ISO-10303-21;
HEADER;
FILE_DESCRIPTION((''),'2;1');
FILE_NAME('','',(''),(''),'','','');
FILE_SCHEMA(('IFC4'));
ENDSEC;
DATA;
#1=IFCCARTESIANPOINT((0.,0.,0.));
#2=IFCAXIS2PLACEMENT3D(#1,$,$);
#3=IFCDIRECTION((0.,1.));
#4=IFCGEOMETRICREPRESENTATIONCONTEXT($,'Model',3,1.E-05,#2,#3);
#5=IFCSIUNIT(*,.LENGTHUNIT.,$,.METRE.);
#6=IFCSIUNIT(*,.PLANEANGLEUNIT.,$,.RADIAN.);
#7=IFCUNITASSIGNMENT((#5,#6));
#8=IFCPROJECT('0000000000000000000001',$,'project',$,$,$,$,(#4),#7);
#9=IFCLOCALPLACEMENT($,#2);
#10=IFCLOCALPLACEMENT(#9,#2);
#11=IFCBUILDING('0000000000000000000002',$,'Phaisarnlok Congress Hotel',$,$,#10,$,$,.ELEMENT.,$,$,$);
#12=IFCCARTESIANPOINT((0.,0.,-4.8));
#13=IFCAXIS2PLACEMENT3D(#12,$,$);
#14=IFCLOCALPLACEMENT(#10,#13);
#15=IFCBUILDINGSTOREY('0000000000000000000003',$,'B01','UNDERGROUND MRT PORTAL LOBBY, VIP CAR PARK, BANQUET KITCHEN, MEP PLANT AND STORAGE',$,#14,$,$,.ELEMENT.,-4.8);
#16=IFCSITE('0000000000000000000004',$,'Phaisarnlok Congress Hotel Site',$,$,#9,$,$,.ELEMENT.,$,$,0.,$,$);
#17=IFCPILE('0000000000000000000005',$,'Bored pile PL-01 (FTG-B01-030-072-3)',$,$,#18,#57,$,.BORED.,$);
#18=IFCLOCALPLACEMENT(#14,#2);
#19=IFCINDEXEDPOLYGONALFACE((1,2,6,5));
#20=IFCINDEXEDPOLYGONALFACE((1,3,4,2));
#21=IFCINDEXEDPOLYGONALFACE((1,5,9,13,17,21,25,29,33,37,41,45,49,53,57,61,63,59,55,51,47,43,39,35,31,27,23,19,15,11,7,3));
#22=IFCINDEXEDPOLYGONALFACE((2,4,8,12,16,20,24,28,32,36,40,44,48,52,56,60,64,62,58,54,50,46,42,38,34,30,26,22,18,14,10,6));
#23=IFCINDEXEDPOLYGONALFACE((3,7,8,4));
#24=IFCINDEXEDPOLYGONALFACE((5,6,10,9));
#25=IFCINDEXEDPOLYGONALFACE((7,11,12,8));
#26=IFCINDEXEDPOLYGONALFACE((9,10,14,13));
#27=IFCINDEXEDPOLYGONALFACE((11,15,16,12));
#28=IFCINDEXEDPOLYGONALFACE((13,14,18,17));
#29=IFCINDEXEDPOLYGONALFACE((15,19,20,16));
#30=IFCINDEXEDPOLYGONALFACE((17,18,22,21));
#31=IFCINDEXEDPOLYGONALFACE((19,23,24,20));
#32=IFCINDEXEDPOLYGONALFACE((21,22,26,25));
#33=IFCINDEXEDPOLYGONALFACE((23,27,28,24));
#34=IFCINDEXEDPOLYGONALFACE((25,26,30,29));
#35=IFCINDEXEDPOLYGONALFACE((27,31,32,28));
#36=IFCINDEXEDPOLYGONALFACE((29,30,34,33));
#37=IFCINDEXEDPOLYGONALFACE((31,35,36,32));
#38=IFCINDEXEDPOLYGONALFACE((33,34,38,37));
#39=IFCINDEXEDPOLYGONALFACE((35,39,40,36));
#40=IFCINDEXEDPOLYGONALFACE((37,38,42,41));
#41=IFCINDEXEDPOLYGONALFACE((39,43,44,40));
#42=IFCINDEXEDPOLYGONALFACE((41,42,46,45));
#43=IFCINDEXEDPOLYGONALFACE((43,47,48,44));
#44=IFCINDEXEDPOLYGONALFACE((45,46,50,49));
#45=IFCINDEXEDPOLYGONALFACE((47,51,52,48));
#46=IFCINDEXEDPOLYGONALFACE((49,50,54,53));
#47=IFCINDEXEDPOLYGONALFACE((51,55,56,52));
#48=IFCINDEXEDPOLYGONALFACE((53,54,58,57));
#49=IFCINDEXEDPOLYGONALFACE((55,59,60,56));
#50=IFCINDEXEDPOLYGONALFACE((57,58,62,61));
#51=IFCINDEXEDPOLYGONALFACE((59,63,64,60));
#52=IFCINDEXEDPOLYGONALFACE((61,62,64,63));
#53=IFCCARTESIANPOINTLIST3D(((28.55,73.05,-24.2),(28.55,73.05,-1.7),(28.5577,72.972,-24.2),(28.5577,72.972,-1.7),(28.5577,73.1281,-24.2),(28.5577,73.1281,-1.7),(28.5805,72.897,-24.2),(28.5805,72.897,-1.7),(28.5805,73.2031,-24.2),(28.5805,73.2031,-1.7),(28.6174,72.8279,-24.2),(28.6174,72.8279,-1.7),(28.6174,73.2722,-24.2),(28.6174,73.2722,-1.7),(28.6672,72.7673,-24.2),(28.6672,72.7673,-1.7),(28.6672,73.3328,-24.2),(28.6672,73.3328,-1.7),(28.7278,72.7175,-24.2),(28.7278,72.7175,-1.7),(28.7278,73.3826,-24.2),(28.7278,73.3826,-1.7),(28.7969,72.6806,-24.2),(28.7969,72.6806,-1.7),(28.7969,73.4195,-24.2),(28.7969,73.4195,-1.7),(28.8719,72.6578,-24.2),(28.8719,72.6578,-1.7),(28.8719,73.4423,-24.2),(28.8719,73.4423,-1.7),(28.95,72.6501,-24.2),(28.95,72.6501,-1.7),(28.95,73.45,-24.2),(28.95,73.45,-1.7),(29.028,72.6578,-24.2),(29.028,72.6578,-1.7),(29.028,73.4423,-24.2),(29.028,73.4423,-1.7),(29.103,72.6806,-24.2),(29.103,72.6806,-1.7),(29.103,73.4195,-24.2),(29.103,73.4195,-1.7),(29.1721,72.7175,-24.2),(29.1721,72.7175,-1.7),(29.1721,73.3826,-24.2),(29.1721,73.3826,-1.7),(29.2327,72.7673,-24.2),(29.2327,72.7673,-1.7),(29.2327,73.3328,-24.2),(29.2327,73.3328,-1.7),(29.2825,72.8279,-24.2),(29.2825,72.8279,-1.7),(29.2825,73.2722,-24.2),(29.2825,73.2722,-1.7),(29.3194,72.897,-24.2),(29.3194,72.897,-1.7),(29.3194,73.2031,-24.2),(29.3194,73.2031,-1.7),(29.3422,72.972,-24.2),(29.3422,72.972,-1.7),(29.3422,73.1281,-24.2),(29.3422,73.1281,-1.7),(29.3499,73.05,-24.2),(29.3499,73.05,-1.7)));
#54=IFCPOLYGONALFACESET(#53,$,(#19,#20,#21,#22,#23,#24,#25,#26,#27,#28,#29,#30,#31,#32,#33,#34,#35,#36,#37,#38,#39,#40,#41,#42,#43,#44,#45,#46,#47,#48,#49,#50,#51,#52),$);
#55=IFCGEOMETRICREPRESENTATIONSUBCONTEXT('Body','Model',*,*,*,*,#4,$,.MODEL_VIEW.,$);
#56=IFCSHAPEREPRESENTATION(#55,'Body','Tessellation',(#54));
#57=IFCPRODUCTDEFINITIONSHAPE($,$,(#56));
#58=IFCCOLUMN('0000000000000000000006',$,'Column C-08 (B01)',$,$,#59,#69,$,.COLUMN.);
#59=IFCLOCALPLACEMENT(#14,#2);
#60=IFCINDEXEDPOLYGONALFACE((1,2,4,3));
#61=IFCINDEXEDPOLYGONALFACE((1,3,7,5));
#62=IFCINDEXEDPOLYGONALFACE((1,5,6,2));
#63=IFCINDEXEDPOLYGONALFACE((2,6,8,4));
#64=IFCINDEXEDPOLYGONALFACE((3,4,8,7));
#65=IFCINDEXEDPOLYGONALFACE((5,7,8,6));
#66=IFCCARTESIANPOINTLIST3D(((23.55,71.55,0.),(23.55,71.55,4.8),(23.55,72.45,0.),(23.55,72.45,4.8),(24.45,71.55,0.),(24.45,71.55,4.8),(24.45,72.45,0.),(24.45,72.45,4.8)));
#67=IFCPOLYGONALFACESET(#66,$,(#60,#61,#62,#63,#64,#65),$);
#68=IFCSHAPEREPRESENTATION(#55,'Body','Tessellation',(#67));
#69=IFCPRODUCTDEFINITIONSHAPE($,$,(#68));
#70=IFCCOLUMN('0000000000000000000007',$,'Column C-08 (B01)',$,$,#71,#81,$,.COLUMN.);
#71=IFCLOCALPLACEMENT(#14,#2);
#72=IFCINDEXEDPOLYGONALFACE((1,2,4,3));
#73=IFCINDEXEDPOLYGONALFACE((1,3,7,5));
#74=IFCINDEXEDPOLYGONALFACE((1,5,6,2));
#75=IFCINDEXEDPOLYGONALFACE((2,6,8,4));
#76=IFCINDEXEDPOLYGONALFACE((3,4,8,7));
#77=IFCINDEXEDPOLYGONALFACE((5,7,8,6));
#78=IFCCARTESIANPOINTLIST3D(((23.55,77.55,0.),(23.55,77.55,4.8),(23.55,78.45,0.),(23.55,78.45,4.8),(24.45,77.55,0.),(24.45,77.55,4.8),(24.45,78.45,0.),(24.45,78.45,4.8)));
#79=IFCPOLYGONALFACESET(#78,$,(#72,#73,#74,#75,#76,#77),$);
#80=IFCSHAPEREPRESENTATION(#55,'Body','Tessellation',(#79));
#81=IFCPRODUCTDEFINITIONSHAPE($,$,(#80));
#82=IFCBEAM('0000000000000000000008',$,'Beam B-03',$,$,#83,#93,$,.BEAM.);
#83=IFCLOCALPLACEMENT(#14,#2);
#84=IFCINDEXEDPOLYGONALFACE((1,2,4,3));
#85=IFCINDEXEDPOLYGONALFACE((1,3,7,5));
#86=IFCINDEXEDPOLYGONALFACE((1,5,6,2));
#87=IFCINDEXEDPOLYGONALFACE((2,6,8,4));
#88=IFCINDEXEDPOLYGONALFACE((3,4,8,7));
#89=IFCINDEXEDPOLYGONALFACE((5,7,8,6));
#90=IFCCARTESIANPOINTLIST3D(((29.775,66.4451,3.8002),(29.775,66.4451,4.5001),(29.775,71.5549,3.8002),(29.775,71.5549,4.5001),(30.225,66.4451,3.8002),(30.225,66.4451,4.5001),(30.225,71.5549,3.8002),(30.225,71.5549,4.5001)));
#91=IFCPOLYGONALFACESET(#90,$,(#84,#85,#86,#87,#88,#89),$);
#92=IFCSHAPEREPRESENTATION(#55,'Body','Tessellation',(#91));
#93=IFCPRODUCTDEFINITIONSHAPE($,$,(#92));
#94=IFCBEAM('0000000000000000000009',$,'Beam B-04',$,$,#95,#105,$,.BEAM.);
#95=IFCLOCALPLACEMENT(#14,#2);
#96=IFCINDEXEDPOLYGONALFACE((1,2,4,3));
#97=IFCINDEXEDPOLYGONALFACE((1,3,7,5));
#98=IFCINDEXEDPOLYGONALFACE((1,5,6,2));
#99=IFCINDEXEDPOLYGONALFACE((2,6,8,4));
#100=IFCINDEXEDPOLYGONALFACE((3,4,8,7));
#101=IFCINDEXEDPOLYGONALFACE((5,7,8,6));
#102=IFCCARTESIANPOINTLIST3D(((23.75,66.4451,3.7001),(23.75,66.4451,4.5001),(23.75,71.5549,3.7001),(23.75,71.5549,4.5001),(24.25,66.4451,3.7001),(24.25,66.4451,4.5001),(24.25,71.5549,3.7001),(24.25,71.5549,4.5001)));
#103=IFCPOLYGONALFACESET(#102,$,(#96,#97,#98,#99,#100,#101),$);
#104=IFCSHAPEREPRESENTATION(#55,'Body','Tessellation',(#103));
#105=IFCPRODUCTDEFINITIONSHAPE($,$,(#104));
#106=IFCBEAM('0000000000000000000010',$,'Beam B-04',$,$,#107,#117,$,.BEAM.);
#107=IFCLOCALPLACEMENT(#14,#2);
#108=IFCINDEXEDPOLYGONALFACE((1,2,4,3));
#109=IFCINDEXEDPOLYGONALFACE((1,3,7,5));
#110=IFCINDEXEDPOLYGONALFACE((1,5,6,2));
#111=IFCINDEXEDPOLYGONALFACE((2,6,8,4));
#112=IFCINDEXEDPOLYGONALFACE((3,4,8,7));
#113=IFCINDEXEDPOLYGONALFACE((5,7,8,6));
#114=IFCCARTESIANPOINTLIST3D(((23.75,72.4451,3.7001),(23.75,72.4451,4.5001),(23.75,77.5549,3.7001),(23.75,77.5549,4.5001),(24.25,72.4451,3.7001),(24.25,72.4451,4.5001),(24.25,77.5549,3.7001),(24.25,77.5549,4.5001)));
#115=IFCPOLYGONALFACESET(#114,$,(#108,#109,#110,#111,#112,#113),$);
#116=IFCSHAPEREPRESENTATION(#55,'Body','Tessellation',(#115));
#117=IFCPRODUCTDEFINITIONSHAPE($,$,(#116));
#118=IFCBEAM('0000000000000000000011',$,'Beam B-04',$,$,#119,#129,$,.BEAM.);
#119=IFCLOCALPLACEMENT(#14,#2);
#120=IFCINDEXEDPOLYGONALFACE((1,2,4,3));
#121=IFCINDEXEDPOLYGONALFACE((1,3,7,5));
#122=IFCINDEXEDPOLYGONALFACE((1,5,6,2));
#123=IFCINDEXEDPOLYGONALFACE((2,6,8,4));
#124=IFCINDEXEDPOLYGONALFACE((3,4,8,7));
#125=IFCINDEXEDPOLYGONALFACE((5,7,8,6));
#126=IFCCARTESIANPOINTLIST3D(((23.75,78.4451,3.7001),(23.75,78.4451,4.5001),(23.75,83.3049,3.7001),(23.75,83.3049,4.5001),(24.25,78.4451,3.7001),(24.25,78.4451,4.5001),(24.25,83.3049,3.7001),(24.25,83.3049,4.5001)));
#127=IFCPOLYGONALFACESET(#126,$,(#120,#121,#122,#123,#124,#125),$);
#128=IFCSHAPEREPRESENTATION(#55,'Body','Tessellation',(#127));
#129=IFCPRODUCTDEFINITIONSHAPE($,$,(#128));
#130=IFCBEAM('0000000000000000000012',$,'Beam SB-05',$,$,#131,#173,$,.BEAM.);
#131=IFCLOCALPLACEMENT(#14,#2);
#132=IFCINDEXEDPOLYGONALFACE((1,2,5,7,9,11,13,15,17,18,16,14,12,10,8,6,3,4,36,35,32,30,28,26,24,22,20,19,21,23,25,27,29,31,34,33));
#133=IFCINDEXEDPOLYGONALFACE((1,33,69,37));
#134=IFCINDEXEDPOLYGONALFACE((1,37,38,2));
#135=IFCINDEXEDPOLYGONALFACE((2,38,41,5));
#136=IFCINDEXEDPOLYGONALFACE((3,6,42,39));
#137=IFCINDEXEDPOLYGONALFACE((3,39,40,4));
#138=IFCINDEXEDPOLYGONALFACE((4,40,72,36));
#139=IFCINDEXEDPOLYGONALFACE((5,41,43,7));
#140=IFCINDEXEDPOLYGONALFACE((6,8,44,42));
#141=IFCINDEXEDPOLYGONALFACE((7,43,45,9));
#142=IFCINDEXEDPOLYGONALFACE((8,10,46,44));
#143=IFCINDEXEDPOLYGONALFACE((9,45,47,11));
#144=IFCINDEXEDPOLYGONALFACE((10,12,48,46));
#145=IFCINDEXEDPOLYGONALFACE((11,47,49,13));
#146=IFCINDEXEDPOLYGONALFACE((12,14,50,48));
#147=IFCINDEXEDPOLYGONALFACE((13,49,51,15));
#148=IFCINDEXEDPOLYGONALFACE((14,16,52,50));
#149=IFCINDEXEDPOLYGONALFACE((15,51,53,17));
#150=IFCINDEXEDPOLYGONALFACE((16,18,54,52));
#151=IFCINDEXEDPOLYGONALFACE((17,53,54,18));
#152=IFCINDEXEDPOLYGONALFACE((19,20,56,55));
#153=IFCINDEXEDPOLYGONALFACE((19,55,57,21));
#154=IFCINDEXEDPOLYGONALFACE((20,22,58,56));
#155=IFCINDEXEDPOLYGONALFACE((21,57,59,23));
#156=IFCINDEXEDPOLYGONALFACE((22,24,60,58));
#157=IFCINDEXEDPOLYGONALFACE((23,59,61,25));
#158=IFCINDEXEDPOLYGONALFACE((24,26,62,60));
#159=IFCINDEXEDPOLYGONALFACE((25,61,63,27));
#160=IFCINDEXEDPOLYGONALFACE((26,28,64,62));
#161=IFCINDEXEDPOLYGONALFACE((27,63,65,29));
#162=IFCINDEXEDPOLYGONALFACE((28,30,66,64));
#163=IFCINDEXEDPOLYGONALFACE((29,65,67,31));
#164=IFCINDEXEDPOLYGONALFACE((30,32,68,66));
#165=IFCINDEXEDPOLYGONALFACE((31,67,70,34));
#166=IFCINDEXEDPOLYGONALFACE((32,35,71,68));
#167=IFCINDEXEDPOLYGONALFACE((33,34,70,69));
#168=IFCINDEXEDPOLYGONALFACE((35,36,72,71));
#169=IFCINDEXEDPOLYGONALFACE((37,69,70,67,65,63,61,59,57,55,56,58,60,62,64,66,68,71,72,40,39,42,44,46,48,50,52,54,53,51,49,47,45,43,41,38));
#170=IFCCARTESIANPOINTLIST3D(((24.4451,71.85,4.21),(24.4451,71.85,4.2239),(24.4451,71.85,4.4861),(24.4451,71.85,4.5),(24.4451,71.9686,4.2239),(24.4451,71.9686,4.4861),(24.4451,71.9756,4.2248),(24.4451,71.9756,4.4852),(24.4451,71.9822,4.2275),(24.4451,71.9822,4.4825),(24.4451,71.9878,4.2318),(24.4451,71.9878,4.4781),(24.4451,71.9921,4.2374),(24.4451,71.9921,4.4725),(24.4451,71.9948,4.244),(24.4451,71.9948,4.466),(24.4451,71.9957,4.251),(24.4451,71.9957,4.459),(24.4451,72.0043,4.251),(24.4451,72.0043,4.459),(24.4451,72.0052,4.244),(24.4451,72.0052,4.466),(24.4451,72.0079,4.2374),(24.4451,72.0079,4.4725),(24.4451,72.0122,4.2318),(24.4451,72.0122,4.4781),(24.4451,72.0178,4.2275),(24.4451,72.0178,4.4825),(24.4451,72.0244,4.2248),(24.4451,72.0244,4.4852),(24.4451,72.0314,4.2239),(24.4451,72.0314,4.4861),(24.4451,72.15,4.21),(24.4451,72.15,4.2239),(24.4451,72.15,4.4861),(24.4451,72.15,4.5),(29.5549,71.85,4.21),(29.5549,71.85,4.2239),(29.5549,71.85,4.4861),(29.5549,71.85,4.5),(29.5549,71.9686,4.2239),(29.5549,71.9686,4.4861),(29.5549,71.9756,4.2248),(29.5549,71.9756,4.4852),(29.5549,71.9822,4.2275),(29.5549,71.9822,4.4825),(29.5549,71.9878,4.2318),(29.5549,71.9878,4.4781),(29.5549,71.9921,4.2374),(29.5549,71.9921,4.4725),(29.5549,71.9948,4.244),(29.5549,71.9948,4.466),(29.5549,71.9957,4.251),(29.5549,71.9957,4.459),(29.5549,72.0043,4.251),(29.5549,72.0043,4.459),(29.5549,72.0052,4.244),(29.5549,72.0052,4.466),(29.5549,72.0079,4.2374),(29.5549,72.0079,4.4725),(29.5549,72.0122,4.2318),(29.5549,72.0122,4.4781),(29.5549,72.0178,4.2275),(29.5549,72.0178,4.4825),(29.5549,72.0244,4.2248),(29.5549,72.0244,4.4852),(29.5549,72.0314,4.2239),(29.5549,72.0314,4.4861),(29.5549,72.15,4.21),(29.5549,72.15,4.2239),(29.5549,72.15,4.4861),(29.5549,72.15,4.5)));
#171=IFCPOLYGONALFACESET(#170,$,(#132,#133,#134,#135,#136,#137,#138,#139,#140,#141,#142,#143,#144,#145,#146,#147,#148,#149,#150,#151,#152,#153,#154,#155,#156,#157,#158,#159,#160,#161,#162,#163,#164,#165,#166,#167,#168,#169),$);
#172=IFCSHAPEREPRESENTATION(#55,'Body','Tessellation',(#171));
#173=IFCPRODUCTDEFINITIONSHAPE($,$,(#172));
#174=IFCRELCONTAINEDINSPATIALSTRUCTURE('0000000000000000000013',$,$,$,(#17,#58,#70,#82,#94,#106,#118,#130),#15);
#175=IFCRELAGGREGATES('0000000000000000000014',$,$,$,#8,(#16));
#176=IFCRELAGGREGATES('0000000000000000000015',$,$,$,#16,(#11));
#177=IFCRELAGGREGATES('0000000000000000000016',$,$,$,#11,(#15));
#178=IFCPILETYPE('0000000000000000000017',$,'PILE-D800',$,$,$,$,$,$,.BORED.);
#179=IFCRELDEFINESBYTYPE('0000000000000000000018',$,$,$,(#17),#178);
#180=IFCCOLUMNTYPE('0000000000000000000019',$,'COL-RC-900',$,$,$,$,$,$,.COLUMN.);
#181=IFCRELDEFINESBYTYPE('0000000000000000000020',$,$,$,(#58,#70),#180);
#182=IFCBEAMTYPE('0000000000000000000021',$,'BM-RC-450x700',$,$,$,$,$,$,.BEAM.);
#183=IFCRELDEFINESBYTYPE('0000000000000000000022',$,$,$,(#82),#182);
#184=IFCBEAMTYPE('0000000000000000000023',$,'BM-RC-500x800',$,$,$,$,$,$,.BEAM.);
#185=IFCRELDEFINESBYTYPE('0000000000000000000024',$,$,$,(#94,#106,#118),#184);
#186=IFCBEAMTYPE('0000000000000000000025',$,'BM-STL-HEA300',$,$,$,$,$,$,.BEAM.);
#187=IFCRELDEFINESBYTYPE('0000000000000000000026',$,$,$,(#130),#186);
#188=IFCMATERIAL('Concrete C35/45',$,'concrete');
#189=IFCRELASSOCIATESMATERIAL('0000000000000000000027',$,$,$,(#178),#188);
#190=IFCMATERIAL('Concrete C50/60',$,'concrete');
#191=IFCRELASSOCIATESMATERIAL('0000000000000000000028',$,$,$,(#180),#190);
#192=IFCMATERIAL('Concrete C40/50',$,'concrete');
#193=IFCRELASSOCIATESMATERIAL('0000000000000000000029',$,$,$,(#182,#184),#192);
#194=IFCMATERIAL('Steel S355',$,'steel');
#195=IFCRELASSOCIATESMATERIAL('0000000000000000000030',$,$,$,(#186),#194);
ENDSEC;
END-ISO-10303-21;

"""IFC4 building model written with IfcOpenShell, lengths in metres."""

from ifc_helpers import new_model, si_unit, direction, frame, origin, origin_2d, place, context, subcontext, project, spatial, rectangle, circle, i_section, extrude, material, material_profile, profile_set, type_object, element, save


model = new_model("IFC4")

# Units and contexts
model_context = context("Model", 3, precision=1e-05, world=origin(), true_north=direction((0.0, 1.0)))
body_context = subcontext(model_context, "Body", "Model", "MODEL_VIEW")
ifc_project = project(units=[si_unit("LENGTHUNIT", "METRE"), si_unit("PLANEANGLEUNIT", "RADIAN")], contexts=[model_context])

# Site, building, storey
site_placement = place(None, origin())
site = spatial("IfcSite", under=ifc_project, at=site_placement, Name="Phaisarnlok Congress Hotel Site", CompositionType="ELEMENT", RefElevation=0.0)
building_placement = place(site_placement, origin())
building = spatial("IfcBuilding", under=site, at=building_placement, Name="Phaisarnlok Congress Hotel", CompositionType="ELEMENT")
storey_placement = place(building_placement, frame((0.0, 0.0, -4.8)))
storey = spatial("IfcBuildingStorey", under=building, at=storey_placement, Name="B01", Description="UNDERGROUND MRT PORTAL LOBBY, VIP CAR PARK, BANQUET KITCHEN, MEP PLANT AND STORAGE", CompositionType="ELEMENT", Elevation=-4.8)

# Shared definitions
ifc_material_1 = material(Name="Concrete C40/50", Category="concrete")

# Pile
ifc_material_2 = material(Name="Concrete C35/45", Category="concrete")
ifc_material_profile_1 = material_profile(ifc_material_2, circle(Radius=0.3999, at=origin_2d()), Name="BORED PILE D800")
ifc_profile_set_1 = profile_set([ifc_material_profile_1], Name="Concrete C35/45")
pile_type_1 = type_object("IfcPileType", Name="PILE-D800", PredefinedType="BORED", material=ifc_profile_set_1)
for number, where, z_axis, x_axis, name in (
    (1, (28.95, 73.05, -1.7), (0.0, 0.0, -1.0), (1.0, 0.0, 0.0), "Bored pile PL-01 (FTG-B01-030-072-3)"),
):
    element("IfcPile", number, at=place(storey_placement, frame(where, z_axis=z_axis, x_axis=x_axis)), inside=storey, type_object=pile_type_1, Name=name, PredefinedType="BORED", context=body_context, shape_type="SweptSolid", body=[
        extrude(circle(Radius=0.3999, at=origin_2d()), origin(), (0.0, 0.0, 1.0), 22.5),
    ])

# Columns
ifc_material_3 = material(Name="Concrete C50/60", Category="concrete")
ifc_material_profile_2 = material_profile(ifc_material_3, rectangle(XDim=0.8999, YDim=0.8999, at=origin_2d()), Name="RC 900x900")
ifc_profile_set_2 = profile_set([ifc_material_profile_2], Name="Concrete C50/60")
column_type = type_object("IfcColumnType", Name="COL-RC-900", PredefinedType="COLUMN", material=ifc_profile_set_2)
for number, where, z_axis, x_axis, name in (
    (2, (24.0, 72.0, 0.0), (0.0, 0.0, 1.0), (1.0, 0.0, 0.0), "Column C-08 (B01)"),
    (3, (24.0, 78.0, 0.0), (0.0, 0.0, 1.0), (1.0, 0.0, 0.0), "Column C-08 (B01)"),
):
    element("IfcColumn", number, at=place(storey_placement, frame(where, z_axis=z_axis, x_axis=x_axis)), inside=storey, type_object=column_type, Name=name, PredefinedType="COLUMN", context=body_context, shape_type="SweptSolid", body=[
        extrude(rectangle(XDim=0.8999, YDim=0.8999, at=origin_2d()), origin(), (0.0, 0.0, 1.0), 4.8),
    ])

# Beams
ifc_material_profile_3 = material_profile(ifc_material_1, rectangle(XDim=0.45, YDim=0.7, at=origin_2d()), Name="RC 450x700")
ifc_profile_set_3 = profile_set([ifc_material_profile_3], Name="Concrete C40/50")
beam_type_1 = type_object("IfcBeamType", Name="BM-RC-450x700", PredefinedType="BEAM", material=ifc_profile_set_3)
beam_1_placement = place(storey_placement, frame((30.0, 66.4451, 4.1501), z_axis=(0.0, 1.0, 0.0), x_axis=(-1.0, 0.0, 0.0)))
element("IfcBeam", 4, at=beam_1_placement, inside=storey, type_object=beam_type_1, Name="Beam B-03", PredefinedType="BEAM", context=body_context, shape_type="SweptSolid", body=[
    extrude(rectangle(XDim=0.45, YDim=0.7, at=origin_2d()), origin(), (0.0, 0.0, 1.0), 5.1099),
])
ifc_material_profile_4 = material_profile(ifc_material_1, rectangle(XDim=0.5, YDim=0.8, at=origin_2d()), Name="RC 500x800")
ifc_profile_set_4 = profile_set([ifc_material_profile_4], Name="Concrete C40/50")
beam_type_2 = type_object("IfcBeamType", Name="BM-RC-500x800", PredefinedType="BEAM", material=ifc_profile_set_4)
for number, where, z_axis, x_axis, name in (
    (5, (24.0, 66.4451, 4.1001), (0.0, 1.0, 0.0), (-1.0, 0.0, 0.0), "Beam B-04"),
    (6, (24.0, 72.4451, 4.1001), (0.0, 1.0, 0.0), (-1.0, 0.0, 0.0), "Beam B-04"),
):
    element("IfcBeam", number, at=place(storey_placement, frame(where, z_axis=z_axis, x_axis=x_axis)), inside=storey, type_object=beam_type_2, Name=name, PredefinedType="BEAM", context=body_context, shape_type="SweptSolid", body=[
        extrude(rectangle(XDim=0.5, YDim=0.8, at=origin_2d()), origin(), (0.0, 0.0, 1.0), 5.1099),
    ])
beam_2_placement = place(storey_placement, frame((24.0, 78.4451, 4.1001), z_axis=(0.0, 1.0, 0.0), x_axis=(-1.0, 0.0, 0.0)))
element("IfcBeam", 7, at=beam_2_placement, inside=storey, type_object=beam_type_2, Name="Beam B-04", PredefinedType="BEAM", context=body_context, shape_type="SweptSolid", body=[
    extrude(rectangle(XDim=0.5, YDim=0.8, at=origin_2d()), origin(), (0.0, 0.0, 1.0), 4.8599),
])
ifc_material_4 = material(Name="Steel S355", Category="steel")
ifc_material_profile_5 = material_profile(ifc_material_4, i_section(OverallWidth=0.3, OverallDepth=0.29, WebThickness=0.0085, FlangeThickness=0.0139, FilletRadius=0.0271, at=origin_2d()), Name="HEA 300")
ifc_profile_set_5 = profile_set([ifc_material_profile_5], Name="Steel S355")
beam_type_3 = type_object("IfcBeamType", Name="BM-STL-HEA300", PredefinedType="BEAM", material=ifc_profile_set_5)
for number, where, z_axis, x_axis, name in (
    (8, (24.4451, 72.0, 4.355), (1.0, 0.0, 0.0), (0.0, 1.0, 0.0), "Beam SB-05"),
):
    element("IfcBeam", number, at=place(storey_placement, frame(where, z_axis=z_axis, x_axis=x_axis)), inside=storey, type_object=beam_type_3, Name=name, PredefinedType="BEAM", context=body_context, shape_type="SweptSolid", body=[
        extrude(i_section(OverallWidth=0.3, OverallDepth=0.29, WebThickness=0.0085, FlangeThickness=0.0139, FilletRadius=0.0271, at=origin_2d()), origin(), (0.0, 0.0, 1.0), 5.1099),
    ])

save(model, "model.ifc")
